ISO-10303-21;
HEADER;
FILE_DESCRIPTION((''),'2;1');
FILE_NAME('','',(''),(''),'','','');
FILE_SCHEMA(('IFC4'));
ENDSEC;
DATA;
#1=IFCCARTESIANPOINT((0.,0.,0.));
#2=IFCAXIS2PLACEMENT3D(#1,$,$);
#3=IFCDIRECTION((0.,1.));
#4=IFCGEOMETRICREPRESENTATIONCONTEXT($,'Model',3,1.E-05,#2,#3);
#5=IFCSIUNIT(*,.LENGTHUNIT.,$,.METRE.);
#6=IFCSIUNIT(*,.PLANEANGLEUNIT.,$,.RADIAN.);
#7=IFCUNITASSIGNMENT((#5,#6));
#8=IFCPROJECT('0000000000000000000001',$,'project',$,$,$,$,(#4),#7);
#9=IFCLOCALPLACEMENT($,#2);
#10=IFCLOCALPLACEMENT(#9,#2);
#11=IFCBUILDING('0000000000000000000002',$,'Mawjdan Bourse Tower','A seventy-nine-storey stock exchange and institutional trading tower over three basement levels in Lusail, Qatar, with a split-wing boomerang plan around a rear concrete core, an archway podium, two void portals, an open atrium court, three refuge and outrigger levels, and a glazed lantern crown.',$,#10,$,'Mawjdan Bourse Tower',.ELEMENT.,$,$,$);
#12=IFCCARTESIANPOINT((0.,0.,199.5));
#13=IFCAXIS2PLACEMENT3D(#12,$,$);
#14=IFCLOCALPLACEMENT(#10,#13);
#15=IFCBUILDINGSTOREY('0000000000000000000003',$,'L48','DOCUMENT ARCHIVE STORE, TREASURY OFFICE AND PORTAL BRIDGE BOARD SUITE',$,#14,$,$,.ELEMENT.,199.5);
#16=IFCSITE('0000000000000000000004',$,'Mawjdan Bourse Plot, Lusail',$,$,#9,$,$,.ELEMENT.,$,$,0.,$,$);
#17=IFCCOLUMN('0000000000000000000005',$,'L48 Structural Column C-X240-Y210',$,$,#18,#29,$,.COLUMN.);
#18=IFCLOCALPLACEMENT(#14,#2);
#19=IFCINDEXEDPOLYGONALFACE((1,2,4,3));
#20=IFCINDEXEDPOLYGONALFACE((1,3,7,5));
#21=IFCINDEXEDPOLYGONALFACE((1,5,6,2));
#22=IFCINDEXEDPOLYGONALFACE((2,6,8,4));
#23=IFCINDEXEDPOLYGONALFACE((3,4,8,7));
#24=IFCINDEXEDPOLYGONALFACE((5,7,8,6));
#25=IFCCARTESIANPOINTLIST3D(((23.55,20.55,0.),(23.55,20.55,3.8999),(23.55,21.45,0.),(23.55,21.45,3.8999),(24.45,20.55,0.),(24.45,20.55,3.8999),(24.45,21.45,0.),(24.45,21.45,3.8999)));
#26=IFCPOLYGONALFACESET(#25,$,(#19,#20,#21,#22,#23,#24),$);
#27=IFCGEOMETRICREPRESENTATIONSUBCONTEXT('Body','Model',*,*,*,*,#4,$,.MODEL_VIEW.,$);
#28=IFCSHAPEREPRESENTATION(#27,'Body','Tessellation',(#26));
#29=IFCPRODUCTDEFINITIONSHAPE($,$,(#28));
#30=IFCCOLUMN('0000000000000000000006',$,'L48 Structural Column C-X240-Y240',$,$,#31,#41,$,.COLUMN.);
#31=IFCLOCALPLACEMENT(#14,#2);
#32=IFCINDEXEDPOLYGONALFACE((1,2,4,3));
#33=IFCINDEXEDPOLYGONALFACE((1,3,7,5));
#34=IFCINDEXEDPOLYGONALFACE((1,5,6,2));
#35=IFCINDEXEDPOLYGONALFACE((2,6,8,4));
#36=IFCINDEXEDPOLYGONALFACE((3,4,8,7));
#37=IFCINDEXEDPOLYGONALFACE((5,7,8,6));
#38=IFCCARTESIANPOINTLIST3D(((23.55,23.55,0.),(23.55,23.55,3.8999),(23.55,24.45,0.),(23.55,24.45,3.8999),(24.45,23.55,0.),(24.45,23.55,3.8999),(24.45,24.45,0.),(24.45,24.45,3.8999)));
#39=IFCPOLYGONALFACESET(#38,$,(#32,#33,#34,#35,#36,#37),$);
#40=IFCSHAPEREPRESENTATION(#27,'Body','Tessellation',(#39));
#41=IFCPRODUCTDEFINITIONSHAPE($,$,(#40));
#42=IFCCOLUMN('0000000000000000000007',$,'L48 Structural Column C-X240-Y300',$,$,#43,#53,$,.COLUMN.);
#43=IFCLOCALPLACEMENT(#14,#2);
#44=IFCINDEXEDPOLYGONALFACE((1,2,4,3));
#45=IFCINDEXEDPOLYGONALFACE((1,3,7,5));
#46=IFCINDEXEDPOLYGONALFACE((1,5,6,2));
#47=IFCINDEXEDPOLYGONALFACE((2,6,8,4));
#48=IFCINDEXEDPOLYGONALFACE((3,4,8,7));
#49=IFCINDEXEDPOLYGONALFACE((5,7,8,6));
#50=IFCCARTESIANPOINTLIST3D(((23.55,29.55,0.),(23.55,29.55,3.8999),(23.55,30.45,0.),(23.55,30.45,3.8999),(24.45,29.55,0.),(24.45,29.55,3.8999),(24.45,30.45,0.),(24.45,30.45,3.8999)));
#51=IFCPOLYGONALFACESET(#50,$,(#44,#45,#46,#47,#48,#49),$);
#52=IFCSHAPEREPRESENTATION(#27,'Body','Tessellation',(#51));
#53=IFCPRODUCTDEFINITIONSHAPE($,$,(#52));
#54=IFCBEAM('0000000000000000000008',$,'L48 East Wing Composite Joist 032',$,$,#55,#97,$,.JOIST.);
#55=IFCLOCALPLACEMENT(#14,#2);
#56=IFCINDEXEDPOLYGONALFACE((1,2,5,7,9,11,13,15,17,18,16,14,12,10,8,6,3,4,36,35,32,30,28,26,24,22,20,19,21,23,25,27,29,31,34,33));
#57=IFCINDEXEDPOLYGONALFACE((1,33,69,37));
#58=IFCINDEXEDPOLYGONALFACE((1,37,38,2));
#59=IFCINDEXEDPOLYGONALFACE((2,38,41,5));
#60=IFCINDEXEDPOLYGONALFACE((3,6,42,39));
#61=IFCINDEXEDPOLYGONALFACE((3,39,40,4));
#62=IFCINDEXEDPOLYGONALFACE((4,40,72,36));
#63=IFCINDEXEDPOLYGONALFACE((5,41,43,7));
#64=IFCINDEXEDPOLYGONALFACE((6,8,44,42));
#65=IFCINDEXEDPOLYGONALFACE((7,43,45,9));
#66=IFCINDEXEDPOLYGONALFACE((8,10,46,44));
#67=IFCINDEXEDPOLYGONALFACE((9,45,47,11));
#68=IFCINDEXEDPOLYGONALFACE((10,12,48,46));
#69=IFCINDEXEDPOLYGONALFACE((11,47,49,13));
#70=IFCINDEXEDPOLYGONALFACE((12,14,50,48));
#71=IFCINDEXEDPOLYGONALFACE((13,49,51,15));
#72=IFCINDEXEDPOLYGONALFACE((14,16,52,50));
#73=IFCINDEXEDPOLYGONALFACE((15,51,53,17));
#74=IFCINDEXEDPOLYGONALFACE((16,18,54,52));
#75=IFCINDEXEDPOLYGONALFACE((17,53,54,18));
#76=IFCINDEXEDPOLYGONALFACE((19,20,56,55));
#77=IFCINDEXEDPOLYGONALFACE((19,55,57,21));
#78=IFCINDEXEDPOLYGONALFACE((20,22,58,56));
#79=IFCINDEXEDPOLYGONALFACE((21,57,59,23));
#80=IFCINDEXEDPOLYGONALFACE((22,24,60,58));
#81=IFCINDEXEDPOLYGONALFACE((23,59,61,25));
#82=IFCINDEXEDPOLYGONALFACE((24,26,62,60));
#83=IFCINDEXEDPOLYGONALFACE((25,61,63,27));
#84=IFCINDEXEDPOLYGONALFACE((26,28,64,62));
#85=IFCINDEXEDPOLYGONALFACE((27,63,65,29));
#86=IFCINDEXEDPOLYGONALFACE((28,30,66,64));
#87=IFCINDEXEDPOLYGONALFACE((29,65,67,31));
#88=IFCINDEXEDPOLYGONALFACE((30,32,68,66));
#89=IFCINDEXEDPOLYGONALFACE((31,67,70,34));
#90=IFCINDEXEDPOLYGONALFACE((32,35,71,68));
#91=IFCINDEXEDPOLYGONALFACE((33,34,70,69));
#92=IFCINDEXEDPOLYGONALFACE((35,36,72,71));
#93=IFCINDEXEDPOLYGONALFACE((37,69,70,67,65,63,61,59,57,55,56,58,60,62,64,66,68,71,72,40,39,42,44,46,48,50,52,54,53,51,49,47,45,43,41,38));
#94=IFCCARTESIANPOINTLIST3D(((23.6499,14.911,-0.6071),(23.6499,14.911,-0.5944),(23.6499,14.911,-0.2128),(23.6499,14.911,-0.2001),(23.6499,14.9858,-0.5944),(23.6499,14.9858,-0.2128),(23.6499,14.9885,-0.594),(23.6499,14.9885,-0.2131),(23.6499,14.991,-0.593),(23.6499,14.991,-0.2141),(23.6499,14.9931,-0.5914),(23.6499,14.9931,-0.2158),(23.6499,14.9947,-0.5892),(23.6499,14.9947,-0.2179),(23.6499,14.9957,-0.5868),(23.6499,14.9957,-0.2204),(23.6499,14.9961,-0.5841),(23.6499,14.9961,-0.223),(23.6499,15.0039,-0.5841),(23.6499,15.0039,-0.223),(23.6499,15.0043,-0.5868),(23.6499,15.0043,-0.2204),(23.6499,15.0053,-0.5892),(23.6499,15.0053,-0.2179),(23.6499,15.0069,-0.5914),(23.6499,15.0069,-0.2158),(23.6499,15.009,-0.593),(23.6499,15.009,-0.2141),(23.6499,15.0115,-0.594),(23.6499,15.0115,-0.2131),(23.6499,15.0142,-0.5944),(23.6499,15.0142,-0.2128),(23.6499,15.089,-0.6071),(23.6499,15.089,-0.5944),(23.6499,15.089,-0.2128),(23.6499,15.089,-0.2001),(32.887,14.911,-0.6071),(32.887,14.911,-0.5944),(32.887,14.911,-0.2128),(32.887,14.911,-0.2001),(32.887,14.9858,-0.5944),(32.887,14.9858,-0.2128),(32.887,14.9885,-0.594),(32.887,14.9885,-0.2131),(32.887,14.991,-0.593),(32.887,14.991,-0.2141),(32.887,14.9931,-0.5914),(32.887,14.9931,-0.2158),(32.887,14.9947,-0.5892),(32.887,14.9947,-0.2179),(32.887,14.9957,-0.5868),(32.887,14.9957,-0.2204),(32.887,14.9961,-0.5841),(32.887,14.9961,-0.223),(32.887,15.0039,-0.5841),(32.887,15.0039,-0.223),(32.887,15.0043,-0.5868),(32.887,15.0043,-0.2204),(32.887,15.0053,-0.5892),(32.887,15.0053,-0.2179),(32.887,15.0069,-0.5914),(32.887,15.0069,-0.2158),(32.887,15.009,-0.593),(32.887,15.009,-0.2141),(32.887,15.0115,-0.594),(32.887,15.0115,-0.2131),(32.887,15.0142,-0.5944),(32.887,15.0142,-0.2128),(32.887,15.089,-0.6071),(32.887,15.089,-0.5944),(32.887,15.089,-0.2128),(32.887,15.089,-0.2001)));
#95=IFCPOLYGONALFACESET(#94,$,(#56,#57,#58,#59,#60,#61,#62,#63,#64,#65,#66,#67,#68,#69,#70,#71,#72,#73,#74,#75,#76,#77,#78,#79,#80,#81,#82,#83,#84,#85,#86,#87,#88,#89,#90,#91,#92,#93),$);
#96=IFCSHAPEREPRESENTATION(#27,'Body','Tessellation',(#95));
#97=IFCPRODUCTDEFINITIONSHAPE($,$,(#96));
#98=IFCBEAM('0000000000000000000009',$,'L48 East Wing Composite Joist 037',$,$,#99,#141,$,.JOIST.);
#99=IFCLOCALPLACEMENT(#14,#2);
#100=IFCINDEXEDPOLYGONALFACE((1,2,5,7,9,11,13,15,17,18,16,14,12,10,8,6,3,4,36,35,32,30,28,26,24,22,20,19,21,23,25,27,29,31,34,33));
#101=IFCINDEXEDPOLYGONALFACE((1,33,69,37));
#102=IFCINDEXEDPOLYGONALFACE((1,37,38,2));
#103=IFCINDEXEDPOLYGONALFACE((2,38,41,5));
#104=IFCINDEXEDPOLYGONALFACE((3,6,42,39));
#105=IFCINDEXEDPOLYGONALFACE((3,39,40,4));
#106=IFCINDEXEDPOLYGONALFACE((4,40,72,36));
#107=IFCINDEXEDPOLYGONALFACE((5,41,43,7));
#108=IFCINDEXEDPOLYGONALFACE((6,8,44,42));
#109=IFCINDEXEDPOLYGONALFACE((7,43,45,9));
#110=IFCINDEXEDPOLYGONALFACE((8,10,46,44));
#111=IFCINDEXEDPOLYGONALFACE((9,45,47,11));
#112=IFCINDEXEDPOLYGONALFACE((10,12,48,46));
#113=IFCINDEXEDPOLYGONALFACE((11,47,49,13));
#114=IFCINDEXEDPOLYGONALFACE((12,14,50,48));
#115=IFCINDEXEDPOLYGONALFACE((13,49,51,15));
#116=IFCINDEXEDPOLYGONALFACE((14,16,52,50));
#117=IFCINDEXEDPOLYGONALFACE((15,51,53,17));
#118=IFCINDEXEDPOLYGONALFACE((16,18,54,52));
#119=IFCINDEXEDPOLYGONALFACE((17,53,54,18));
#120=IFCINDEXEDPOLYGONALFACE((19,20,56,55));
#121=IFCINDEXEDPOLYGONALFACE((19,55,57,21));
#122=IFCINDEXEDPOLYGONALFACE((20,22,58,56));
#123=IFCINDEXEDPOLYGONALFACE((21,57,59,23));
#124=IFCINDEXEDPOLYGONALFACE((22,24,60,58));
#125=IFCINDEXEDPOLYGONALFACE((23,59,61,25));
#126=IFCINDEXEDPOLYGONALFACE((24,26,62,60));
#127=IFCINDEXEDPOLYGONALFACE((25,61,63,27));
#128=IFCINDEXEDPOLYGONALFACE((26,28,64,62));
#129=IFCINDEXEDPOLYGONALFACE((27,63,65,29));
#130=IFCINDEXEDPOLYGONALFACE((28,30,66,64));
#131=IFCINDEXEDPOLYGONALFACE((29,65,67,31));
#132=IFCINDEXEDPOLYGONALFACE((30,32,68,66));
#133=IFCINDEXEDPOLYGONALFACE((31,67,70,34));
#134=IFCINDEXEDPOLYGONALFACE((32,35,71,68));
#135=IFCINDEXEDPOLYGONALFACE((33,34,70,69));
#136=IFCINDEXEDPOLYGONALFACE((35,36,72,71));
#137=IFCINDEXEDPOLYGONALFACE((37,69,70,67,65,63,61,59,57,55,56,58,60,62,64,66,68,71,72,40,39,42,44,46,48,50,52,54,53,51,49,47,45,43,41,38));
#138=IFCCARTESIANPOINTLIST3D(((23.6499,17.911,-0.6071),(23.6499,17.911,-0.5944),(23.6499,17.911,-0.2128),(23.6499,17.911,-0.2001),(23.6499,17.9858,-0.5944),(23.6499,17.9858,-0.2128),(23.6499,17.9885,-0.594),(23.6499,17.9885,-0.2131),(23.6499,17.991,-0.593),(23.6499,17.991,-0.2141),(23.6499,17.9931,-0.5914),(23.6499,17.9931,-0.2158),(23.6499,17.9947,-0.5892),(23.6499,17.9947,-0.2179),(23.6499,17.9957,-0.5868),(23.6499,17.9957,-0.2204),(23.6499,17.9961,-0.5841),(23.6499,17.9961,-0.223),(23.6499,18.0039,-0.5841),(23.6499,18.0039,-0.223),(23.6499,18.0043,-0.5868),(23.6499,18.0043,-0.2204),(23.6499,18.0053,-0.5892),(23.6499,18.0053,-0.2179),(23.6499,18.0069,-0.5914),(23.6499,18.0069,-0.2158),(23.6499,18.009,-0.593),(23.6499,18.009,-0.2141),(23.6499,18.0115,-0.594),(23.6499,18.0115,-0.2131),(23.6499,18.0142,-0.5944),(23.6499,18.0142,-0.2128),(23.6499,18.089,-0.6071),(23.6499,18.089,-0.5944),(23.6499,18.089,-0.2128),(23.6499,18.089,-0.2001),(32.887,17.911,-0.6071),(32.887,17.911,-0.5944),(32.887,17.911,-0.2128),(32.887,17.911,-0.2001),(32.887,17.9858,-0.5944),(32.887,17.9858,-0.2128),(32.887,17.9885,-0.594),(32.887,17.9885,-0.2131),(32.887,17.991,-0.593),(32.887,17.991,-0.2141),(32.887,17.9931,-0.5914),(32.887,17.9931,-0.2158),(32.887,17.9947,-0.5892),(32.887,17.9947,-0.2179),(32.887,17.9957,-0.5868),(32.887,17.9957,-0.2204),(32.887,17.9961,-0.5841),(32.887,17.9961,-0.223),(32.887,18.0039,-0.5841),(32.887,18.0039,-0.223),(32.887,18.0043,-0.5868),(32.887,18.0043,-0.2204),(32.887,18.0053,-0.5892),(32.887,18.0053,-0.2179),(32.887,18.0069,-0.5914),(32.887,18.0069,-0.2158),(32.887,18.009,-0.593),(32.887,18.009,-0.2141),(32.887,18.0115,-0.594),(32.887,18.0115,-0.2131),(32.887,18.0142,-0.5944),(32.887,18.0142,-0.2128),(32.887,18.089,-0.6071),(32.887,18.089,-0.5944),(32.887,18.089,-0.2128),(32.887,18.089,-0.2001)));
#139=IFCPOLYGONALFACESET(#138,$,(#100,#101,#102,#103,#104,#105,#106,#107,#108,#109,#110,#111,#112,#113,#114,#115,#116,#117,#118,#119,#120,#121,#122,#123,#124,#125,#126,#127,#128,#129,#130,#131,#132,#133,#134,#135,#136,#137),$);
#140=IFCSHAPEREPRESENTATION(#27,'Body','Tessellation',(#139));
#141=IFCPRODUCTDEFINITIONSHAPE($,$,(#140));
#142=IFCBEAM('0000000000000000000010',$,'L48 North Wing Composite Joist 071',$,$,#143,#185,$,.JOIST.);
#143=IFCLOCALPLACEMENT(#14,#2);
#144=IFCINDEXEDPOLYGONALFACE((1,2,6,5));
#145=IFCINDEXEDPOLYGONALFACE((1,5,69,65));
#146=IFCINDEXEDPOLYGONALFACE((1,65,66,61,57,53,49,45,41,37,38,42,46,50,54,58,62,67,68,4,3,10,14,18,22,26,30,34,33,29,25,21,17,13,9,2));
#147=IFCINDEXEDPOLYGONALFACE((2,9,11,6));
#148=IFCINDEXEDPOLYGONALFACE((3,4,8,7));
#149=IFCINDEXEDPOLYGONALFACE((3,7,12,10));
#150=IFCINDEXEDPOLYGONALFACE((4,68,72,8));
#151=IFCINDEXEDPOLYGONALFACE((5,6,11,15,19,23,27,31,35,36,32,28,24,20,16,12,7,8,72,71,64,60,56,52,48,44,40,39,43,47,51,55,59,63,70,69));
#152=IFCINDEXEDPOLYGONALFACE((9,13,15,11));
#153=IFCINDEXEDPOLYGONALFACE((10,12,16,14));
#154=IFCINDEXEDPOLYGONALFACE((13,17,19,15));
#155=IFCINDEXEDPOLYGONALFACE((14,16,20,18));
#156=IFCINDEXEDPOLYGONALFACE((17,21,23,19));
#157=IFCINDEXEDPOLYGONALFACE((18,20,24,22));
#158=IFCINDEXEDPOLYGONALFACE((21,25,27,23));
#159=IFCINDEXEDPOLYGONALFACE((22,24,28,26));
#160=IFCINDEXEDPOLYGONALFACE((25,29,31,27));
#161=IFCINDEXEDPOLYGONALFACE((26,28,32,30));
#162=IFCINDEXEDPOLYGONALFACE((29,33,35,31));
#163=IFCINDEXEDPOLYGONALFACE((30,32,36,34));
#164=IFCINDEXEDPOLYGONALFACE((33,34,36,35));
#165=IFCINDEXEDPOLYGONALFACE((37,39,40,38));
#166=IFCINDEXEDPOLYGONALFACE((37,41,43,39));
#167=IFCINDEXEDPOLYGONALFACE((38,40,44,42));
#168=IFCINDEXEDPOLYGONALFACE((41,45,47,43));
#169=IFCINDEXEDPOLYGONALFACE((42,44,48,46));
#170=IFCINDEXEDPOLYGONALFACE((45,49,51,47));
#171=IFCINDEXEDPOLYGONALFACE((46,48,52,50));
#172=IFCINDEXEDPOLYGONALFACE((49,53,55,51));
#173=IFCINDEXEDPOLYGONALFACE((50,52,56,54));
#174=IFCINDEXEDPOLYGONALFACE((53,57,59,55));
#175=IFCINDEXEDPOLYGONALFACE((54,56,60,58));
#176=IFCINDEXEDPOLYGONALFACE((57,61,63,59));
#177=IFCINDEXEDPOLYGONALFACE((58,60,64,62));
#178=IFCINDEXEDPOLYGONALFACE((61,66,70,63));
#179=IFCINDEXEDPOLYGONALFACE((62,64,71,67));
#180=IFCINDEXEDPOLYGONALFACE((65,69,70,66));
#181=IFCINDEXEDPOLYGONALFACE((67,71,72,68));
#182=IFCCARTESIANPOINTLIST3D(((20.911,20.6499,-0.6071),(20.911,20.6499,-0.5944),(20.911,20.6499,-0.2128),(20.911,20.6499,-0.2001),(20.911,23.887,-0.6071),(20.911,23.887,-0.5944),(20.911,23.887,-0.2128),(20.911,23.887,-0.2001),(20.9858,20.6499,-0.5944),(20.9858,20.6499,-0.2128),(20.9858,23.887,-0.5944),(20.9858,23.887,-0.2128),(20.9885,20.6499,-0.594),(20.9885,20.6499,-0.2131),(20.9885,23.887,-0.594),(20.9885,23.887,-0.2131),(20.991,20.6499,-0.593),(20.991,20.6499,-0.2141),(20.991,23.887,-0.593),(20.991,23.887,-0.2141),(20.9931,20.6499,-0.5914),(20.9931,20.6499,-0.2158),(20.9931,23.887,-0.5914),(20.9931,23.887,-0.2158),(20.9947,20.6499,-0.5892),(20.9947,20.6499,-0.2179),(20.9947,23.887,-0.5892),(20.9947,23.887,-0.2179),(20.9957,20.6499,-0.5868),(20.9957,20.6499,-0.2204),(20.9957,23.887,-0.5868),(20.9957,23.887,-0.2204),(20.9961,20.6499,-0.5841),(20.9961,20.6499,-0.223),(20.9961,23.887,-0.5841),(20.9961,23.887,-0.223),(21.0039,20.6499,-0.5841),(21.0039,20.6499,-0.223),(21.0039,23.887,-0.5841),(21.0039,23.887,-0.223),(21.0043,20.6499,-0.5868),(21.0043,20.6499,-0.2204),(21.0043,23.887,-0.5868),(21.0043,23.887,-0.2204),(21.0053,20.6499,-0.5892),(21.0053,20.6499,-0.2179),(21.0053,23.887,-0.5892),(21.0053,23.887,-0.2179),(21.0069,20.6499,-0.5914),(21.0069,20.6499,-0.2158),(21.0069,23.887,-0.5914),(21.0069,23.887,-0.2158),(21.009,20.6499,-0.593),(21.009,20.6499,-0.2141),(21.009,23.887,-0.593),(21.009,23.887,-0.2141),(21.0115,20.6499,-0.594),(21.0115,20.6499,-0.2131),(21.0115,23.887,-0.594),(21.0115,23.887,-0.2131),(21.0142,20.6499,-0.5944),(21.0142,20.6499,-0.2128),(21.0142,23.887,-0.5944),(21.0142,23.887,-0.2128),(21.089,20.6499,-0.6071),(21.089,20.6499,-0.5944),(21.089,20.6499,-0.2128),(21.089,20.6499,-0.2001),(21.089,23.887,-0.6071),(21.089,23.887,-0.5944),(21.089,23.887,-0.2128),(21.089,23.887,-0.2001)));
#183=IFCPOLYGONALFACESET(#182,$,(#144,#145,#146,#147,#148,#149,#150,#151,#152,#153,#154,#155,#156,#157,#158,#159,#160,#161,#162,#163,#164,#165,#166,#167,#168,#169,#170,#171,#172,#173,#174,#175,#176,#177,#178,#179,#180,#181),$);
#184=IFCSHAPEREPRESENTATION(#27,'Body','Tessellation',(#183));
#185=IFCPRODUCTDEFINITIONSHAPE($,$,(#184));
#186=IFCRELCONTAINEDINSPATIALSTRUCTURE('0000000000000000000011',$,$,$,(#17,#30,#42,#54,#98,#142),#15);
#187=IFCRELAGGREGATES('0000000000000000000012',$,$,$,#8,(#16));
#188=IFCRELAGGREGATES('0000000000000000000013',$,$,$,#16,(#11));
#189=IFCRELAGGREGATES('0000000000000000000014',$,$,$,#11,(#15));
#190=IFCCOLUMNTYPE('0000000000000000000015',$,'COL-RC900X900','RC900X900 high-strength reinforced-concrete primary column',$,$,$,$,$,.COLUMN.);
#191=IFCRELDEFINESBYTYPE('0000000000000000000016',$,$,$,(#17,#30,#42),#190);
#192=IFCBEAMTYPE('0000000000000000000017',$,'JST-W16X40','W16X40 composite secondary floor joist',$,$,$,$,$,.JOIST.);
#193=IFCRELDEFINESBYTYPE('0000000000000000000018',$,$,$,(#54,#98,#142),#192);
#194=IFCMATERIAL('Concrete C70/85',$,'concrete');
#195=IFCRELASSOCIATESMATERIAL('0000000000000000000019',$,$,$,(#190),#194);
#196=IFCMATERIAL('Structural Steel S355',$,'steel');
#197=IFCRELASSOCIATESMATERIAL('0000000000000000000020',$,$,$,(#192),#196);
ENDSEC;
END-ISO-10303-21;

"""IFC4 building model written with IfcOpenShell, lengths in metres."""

from ifc_helpers import new_model, si_unit, direction, frame, origin, origin_2d, place, context, subcontext, project, spatial, rectangle, i_section, extrude, material, material_profile, profile_set, type_object, element, save


model = new_model("IFC4")

# Units and contexts
model_context = context("Model", 3, precision=1e-05, world=origin(), true_north=direction((0.0, 1.0)))
body_context = subcontext(model_context, "Body", "Model", "MODEL_VIEW")
ifc_project = project(units=[si_unit("LENGTHUNIT", "METRE"), si_unit("PLANEANGLEUNIT", "RADIAN")], contexts=[model_context])

# Site, building, storey
site_placement = place(None, origin())
site = spatial("IfcSite", under=ifc_project, at=site_placement, Name="Mawjdan Bourse Plot, Lusail", CompositionType="ELEMENT", RefElevation=0.0)
building_placement = place(site_placement, origin())
building = spatial("IfcBuilding", under=site, at=building_placement, Name="Mawjdan Bourse Tower", Description="A seventy-nine-storey stock exchange and institutional trading tower over three basement levels in Lusail, Qatar, with a split-wing boomerang plan around a rear concrete core, an archway podium, two void portals, an open atrium court, three refuge and outrigger levels, and a glazed lantern crown.", LongName="Mawjdan Bourse Tower", CompositionType="ELEMENT")
storey_placement = place(building_placement, frame((0.0, 0.0, 199.5)))
storey = spatial("IfcBuildingStorey", under=building, at=storey_placement, Name="L48", Description="DOCUMENT ARCHIVE STORE, TREASURY OFFICE AND PORTAL BRIDGE BOARD SUITE", CompositionType="ELEMENT", Elevation=199.5)

# Columns
ifc_material_1 = material(Name="Concrete C70/85", Category="concrete")
ifc_material_profile_1 = material_profile(ifc_material_1, rectangle(XDim=0.8999, YDim=0.8999, at=origin_2d()), Name="RC900X900")
ifc_profile_set_1 = profile_set([ifc_material_profile_1], Name="Concrete C70/85")
column_type = type_object("IfcColumnType", Name="COL-RC900X900", Description="RC900X900 high-strength reinforced-concrete primary column", PredefinedType="COLUMN", material=ifc_profile_set_1)
for number, where, z_axis, x_axis, name in (
    (1, (24.0, 21.0, 0.0), (0.0, 0.0, 1.0), (1.0, 0.0, 0.0), "L48 Structural Column C-X240-Y210"),
    (2, (24.0, 24.0, 0.0), (0.0, 0.0, 1.0), (1.0, 0.0, 0.0), "L48 Structural Column C-X240-Y240"),
    (3, (24.0, 30.0, 0.0), (0.0, 0.0, 1.0), (1.0, 0.0, 0.0), "L48 Structural Column C-X240-Y300"),
):
    element("IfcColumn", number, at=place(storey_placement, frame(where, z_axis=z_axis, x_axis=x_axis)), inside=storey, type_object=column_type, Name=name, PredefinedType="COLUMN", context=body_context, shape_type="SweptSolid", body=[
        extrude(rectangle(XDim=0.8999, YDim=0.8999, at=origin_2d()), origin(), (0.0, 0.0, 1.0), 3.8999),
    ])

# Beams
ifc_material_2 = material(Name="Structural Steel S355", Category="steel")
ifc_material_profile_2 = material_profile(ifc_material_2, i_section(OverallWidth=0.178, OverallDepth=0.407, WebThickness=0.0078, FlangeThickness=0.0127, FilletRadius=0.0103, at=origin_2d()), Name="W16X40")
ifc_profile_set_2 = profile_set([ifc_material_profile_2], Name="Structural Steel S355")
beam_type_1 = type_object("IfcBeamType", Name="JST-W16X40", Description="W16X40 composite secondary floor joist", PredefinedType="JOIST", material=ifc_profile_set_2)
for number, where, z_axis, x_axis, name in (
    (4, (23.6499, 15.0, -0.4036), (1.0, 0.0, 0.0), (0.0, 1.0, 0.0), "L48 East Wing Composite Joist 032"),
    (5, (23.6499, 18.0, -0.4036), (1.0, 0.0, 0.0), (0.0, 1.0, 0.0), "L48 East Wing Composite Joist 037"),
):
    element("IfcBeam", number, at=place(storey_placement, frame(where, z_axis=z_axis, x_axis=x_axis)), inside=storey, type_object=beam_type_1, Name=name, PredefinedType="JOIST", context=body_context, shape_type="SweptSolid", body=[
        extrude(i_section(OverallWidth=0.178, OverallDepth=0.407, WebThickness=0.0078, FlangeThickness=0.0127, FilletRadius=0.0103, at=origin_2d()), origin(), (0.0, 0.0, 1.0), 9.2371),
    ])
beam_1_placement = place(storey_placement, frame((21.0, 20.6499, -0.4036), z_axis=(0.0, 1.0, 0.0), x_axis=(-1.0, 0.0, 0.0)))
element("IfcBeam", 6, at=beam_1_placement, inside=storey, type_object=beam_type_1, Name="L48 North Wing Composite Joist 071", PredefinedType="JOIST", context=body_context, shape_type="SweptSolid", body=[
    extrude(i_section(OverallWidth=0.178, OverallDepth=0.407, WebThickness=0.0078, FlangeThickness=0.0127, FilletRadius=0.0103, at=origin_2d()), origin(), (0.0, 0.0, 1.0), 3.2371),
])

save(model, "model.ifc")
